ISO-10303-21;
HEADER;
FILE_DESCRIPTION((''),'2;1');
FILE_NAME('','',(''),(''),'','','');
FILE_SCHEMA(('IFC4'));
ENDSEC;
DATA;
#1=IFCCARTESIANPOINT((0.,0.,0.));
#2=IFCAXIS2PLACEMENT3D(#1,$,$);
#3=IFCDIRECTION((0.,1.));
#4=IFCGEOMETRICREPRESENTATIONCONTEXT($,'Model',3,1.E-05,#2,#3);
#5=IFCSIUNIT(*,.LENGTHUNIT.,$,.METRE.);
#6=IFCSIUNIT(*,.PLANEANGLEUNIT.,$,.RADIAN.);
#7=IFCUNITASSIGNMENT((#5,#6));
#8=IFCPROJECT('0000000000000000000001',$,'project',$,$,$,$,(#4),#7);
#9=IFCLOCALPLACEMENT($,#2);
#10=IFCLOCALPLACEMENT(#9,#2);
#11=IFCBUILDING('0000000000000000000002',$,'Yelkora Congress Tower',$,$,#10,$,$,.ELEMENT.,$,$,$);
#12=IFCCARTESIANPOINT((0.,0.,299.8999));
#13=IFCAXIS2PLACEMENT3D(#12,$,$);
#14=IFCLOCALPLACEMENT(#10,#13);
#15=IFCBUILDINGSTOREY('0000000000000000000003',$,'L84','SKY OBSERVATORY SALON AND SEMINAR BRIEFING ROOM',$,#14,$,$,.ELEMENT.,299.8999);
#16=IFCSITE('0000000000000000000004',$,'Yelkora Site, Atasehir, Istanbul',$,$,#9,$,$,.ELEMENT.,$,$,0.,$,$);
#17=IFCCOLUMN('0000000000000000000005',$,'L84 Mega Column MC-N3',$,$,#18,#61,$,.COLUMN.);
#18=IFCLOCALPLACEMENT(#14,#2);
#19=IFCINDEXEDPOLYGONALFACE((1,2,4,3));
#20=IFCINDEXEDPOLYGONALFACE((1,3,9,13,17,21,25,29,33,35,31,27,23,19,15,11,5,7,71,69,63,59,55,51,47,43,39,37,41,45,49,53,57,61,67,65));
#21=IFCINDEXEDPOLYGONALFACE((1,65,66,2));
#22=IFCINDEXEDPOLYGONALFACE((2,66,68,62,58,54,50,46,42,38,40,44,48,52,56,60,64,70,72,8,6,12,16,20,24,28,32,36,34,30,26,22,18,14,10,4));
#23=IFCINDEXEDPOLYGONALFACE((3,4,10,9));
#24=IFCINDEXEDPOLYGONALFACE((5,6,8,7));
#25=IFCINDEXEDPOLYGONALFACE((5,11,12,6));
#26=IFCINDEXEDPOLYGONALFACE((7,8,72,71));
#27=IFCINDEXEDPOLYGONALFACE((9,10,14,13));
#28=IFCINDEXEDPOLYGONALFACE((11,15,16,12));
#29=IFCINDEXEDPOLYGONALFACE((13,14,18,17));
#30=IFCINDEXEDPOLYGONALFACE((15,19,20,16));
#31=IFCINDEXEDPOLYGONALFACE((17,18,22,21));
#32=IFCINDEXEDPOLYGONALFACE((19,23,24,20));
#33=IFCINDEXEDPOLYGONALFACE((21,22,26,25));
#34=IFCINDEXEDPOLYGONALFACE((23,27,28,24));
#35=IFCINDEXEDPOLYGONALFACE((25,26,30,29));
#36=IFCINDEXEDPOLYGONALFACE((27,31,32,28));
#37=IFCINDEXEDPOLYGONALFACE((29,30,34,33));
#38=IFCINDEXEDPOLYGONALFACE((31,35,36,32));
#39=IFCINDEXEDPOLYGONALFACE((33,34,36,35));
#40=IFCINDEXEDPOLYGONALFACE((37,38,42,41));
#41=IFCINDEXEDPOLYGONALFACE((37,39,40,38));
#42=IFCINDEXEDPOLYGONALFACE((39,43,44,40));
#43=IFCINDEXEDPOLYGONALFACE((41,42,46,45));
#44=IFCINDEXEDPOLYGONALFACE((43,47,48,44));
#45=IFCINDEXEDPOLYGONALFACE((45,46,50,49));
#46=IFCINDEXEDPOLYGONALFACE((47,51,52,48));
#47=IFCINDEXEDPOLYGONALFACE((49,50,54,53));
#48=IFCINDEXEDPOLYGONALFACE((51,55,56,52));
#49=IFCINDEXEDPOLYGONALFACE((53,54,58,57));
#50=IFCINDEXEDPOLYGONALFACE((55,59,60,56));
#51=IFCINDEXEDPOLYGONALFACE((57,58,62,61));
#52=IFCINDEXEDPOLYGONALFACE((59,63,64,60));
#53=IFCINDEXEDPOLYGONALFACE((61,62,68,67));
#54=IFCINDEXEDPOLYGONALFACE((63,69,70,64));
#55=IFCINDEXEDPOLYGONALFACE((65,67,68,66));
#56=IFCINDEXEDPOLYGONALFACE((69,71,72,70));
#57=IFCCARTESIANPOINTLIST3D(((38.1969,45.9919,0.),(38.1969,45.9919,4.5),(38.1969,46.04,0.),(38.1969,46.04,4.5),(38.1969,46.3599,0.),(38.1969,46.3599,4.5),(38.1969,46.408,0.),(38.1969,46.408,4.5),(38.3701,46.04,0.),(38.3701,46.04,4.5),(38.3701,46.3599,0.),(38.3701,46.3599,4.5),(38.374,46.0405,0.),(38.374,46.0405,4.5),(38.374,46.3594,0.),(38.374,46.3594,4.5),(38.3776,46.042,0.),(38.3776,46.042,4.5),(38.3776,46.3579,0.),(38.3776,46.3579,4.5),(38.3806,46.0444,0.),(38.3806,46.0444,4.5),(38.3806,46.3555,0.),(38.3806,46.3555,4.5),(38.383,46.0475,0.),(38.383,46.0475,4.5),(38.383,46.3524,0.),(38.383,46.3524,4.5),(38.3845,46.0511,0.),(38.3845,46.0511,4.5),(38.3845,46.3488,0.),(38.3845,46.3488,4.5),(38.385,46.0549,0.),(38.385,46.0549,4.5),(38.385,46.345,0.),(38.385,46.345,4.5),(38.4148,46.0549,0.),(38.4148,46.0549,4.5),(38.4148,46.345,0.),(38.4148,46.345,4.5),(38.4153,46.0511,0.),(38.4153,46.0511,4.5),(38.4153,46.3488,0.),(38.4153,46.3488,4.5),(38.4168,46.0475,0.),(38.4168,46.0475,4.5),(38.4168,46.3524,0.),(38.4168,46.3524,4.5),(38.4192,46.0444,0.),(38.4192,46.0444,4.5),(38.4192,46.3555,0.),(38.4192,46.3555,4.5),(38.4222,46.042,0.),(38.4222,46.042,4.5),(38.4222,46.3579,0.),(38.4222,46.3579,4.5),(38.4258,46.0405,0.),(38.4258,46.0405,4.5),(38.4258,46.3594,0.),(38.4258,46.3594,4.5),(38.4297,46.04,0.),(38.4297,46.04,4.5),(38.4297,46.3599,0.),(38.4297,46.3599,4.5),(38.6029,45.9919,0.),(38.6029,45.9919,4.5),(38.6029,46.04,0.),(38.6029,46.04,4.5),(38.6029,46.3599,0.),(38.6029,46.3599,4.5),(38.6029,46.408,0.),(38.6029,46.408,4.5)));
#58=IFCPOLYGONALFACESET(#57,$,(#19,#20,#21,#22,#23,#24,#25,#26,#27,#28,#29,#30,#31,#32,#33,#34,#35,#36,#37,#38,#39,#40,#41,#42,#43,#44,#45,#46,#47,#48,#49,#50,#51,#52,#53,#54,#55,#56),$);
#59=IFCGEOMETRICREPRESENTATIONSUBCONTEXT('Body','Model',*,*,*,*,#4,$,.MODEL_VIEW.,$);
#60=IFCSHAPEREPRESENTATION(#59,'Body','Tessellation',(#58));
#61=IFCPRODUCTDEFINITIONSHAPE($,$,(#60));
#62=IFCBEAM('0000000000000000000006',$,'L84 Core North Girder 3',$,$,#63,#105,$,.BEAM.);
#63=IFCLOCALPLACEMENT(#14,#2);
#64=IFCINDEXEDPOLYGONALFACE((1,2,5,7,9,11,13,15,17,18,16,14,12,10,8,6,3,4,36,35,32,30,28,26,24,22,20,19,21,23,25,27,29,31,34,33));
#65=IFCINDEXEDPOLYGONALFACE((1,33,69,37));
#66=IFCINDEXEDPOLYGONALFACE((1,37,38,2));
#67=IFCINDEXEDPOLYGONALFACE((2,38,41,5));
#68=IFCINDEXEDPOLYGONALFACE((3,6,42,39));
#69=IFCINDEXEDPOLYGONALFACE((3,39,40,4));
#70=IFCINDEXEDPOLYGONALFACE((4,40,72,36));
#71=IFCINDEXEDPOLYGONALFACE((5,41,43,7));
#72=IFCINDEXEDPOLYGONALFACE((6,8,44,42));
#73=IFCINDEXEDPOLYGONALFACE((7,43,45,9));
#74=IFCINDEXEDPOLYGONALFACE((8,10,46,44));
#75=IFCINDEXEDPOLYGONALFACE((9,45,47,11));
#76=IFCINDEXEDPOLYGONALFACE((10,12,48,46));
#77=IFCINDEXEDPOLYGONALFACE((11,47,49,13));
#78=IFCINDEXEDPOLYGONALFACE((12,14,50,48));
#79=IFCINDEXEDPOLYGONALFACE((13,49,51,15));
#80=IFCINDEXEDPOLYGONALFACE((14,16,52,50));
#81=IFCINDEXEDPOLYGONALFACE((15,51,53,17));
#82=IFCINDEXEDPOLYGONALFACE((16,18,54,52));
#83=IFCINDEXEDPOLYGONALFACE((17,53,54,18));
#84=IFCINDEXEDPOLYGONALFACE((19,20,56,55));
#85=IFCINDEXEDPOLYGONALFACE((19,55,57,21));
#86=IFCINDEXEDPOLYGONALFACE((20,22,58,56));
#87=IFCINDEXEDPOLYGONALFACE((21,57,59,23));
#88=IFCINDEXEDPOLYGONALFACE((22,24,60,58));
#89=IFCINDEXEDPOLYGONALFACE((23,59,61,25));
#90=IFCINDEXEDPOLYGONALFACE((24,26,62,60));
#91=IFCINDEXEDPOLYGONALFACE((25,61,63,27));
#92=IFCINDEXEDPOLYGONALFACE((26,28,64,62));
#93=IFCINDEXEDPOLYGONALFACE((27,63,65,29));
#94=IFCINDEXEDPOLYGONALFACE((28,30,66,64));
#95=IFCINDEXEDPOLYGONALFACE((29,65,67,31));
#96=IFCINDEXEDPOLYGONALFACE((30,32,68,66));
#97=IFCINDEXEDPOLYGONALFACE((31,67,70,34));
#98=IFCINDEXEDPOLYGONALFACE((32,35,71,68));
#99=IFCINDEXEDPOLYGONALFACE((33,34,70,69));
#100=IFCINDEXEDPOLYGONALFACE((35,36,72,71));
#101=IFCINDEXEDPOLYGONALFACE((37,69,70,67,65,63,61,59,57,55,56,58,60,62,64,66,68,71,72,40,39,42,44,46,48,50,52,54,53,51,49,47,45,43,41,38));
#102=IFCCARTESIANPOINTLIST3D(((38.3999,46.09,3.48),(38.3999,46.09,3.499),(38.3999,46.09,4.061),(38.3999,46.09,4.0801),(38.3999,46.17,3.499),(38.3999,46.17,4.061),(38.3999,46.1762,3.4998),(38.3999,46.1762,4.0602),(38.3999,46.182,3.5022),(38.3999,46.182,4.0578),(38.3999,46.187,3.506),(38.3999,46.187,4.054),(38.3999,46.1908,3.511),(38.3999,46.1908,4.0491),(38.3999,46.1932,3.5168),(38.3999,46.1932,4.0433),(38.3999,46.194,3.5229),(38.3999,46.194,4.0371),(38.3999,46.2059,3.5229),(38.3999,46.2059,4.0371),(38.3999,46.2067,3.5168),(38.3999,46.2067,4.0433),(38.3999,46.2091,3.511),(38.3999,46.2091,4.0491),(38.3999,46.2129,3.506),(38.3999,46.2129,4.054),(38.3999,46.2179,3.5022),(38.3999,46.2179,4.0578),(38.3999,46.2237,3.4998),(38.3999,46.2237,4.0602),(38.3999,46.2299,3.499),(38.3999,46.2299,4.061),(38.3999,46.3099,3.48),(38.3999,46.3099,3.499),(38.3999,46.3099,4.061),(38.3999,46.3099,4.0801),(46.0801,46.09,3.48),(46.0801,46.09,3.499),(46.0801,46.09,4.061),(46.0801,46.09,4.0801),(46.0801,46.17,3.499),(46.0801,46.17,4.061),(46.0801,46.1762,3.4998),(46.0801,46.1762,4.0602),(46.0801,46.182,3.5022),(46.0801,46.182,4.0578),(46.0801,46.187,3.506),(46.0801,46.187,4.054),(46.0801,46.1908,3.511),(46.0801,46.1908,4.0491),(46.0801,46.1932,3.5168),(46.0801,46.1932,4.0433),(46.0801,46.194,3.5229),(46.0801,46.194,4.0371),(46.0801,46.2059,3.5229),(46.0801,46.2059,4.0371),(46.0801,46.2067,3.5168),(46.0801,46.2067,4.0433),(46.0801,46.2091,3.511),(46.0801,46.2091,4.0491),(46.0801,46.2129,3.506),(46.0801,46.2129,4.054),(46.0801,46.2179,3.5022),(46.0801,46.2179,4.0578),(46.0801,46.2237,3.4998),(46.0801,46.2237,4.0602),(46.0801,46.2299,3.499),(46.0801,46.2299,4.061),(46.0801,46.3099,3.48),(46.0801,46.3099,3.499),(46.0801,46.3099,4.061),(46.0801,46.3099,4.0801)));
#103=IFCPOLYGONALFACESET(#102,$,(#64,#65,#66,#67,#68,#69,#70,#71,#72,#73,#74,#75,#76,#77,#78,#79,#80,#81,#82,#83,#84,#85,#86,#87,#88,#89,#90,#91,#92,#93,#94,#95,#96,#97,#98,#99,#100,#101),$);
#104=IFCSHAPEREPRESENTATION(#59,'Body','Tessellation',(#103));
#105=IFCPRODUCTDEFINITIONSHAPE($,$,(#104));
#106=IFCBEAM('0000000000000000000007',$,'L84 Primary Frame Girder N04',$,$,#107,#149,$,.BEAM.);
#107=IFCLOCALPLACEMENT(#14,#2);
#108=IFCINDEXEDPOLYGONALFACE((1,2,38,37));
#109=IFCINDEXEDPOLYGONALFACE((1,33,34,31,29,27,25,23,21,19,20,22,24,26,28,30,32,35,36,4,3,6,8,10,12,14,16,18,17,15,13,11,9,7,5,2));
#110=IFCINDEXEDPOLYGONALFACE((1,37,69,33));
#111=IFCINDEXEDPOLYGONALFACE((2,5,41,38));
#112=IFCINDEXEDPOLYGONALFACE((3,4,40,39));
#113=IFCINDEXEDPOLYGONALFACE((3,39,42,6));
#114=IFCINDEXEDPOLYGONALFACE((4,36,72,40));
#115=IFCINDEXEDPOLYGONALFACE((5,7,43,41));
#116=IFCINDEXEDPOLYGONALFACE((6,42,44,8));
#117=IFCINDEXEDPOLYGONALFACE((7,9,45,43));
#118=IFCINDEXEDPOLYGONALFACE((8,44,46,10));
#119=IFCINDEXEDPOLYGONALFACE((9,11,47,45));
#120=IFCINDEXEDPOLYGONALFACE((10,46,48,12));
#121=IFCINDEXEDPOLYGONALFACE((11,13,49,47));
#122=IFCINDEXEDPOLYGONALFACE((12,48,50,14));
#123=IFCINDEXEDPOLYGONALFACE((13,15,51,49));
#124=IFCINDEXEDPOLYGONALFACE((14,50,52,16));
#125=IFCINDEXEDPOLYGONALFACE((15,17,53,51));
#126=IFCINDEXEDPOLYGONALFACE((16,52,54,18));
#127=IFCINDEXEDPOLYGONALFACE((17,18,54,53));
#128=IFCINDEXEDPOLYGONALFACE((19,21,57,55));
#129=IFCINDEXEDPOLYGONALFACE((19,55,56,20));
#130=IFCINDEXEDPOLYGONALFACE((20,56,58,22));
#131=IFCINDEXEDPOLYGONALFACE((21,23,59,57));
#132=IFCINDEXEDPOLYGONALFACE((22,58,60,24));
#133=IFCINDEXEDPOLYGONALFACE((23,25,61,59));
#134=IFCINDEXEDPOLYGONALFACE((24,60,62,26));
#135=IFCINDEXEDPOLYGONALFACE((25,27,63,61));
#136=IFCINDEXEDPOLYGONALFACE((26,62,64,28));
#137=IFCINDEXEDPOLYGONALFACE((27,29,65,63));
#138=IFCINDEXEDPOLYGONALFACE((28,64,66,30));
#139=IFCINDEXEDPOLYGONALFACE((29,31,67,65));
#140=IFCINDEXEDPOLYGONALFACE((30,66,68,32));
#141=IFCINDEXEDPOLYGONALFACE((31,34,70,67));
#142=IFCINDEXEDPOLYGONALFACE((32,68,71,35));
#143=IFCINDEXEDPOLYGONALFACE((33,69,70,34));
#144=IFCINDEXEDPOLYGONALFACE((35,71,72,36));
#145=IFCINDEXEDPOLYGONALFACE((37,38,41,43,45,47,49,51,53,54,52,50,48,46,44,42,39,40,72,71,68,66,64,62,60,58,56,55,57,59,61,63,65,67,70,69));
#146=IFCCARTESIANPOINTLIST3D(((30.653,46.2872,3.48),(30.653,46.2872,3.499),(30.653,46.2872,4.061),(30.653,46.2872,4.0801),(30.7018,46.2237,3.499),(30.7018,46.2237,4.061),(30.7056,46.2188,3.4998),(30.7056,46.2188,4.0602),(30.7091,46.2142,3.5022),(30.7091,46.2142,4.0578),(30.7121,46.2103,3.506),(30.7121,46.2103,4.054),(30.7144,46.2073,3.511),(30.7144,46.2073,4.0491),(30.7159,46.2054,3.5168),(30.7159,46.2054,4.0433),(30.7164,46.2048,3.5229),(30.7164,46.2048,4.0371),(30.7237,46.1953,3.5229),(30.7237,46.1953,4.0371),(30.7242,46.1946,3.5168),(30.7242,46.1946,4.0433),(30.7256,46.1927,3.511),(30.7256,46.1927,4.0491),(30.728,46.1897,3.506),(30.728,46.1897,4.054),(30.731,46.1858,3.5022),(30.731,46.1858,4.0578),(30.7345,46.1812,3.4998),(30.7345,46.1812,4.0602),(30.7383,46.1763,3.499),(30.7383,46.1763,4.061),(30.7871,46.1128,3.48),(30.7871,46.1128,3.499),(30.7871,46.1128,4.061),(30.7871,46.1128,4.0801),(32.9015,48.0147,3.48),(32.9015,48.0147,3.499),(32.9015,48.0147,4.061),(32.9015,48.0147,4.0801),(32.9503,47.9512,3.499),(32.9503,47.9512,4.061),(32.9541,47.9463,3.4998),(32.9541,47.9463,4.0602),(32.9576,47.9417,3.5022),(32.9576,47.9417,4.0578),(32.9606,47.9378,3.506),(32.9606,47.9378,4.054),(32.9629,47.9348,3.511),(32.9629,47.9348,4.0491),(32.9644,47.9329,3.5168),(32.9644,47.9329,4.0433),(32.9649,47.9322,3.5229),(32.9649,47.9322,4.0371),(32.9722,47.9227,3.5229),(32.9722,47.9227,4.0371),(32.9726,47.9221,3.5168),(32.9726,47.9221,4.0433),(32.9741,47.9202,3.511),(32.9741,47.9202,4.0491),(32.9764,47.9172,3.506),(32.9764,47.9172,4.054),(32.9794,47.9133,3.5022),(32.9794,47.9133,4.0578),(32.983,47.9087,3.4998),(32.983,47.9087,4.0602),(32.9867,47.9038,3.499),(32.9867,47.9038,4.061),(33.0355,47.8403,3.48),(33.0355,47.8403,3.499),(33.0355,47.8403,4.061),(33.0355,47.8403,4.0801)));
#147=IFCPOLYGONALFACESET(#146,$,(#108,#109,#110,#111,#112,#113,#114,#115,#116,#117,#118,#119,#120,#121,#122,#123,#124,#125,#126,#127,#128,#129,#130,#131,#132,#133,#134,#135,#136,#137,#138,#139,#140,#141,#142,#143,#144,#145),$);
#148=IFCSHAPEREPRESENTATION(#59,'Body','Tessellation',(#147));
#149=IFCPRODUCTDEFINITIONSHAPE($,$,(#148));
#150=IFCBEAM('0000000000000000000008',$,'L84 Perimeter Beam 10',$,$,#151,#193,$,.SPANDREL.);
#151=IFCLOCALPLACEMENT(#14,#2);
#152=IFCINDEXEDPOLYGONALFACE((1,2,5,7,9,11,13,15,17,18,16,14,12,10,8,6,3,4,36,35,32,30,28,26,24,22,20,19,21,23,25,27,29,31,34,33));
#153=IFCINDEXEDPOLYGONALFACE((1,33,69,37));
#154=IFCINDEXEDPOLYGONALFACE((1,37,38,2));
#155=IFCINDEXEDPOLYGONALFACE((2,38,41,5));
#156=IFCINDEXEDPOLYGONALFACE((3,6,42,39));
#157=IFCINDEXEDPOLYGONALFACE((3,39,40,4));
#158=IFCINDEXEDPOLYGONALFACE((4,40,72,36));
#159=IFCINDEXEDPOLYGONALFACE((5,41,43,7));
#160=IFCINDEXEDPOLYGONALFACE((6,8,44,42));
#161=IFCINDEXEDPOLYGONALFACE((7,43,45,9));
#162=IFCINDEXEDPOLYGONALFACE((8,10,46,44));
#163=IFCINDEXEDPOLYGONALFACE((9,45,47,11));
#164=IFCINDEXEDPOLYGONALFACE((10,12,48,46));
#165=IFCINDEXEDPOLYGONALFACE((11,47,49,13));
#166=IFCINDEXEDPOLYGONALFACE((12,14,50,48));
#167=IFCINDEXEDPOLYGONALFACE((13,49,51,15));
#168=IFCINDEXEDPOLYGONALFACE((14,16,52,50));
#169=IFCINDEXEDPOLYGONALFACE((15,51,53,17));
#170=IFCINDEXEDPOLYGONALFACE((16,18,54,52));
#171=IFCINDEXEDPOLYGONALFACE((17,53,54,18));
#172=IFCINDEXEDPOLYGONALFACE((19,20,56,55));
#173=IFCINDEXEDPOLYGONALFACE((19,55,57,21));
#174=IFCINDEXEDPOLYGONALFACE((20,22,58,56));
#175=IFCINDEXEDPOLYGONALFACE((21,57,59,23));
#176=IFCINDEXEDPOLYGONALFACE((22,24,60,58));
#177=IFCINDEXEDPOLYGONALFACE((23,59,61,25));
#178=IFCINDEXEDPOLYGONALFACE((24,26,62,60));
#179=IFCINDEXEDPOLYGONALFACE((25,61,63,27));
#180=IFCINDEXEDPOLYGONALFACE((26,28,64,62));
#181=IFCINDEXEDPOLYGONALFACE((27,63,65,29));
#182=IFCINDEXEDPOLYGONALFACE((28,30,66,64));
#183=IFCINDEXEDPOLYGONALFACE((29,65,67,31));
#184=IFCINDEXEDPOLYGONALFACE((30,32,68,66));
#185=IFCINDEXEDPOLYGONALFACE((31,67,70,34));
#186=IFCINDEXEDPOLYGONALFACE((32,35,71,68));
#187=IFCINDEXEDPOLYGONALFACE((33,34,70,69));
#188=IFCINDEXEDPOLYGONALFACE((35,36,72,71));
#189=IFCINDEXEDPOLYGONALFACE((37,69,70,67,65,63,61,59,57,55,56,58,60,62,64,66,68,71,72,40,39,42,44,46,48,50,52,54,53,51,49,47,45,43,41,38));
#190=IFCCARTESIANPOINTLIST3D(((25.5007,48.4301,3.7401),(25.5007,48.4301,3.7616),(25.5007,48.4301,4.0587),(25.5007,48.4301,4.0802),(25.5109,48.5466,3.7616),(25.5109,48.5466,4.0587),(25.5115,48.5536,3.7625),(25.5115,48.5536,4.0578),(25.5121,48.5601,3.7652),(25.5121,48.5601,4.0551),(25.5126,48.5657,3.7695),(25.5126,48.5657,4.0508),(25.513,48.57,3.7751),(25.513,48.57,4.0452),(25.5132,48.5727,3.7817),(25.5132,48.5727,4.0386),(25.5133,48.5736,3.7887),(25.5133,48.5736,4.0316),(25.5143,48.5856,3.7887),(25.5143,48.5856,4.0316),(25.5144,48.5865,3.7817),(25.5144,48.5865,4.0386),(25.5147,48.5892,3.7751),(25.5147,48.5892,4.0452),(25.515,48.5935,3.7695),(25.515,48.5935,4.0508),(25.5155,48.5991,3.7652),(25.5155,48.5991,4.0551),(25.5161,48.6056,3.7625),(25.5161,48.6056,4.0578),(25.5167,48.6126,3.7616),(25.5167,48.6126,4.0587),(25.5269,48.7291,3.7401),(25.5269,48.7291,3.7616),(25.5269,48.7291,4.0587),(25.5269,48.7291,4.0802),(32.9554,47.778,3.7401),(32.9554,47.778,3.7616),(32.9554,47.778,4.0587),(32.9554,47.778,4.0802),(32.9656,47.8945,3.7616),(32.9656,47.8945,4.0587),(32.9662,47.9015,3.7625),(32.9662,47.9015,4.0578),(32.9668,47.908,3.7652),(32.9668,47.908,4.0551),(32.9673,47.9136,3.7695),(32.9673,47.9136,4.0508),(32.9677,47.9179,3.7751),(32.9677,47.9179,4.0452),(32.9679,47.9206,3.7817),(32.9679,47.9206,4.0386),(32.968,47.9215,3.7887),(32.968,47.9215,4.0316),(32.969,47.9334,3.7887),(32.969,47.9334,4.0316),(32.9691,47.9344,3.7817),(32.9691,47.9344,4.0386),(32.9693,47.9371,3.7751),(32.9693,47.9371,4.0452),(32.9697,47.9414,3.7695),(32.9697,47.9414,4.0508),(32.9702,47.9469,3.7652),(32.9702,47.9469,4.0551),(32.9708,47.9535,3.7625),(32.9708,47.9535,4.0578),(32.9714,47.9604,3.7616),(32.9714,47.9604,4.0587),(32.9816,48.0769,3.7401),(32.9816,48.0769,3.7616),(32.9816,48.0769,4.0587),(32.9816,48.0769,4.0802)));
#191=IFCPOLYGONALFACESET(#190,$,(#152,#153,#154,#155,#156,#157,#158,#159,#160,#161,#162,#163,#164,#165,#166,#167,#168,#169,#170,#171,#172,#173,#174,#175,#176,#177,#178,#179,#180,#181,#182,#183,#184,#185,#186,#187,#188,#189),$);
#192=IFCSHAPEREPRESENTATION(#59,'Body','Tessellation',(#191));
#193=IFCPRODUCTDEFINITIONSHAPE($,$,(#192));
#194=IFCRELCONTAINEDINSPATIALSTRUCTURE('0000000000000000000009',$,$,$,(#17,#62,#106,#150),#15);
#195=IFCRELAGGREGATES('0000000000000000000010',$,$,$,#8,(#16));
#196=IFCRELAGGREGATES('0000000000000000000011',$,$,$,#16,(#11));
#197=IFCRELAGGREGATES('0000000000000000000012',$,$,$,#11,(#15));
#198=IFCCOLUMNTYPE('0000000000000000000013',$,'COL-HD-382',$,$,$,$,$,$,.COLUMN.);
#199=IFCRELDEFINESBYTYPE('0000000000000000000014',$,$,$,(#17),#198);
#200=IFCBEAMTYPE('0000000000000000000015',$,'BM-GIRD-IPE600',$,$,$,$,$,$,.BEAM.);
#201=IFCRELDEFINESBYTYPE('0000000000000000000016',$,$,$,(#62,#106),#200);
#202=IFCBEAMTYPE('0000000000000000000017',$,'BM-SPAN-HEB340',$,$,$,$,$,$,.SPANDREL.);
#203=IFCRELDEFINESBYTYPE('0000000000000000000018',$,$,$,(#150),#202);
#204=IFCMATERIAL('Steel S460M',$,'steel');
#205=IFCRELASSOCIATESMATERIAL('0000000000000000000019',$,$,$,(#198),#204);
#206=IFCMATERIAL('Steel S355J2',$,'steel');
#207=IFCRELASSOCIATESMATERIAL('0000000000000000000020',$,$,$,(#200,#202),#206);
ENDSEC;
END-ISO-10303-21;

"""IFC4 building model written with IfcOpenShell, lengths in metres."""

from ifc_helpers import new_model, si_unit, direction, frame, origin, origin_2d, place, context, subcontext, project, spatial, i_section, extrude, material, material_profile, profile_set, type_object, element, save


model = new_model("IFC4")

# Units and contexts
model_context = context("Model", 3, precision=1e-05, world=origin(), true_north=direction((0.0, 1.0)))
body_context = subcontext(model_context, "Body", "Model", "MODEL_VIEW")
ifc_project = project(units=[si_unit("LENGTHUNIT", "METRE"), si_unit("PLANEANGLEUNIT", "RADIAN")], contexts=[model_context])

# Site, building, storey
site_placement = place(None, origin())
site = spatial("IfcSite", under=ifc_project, at=site_placement, Name="Yelkora Site, Atasehir, Istanbul", CompositionType="ELEMENT", RefElevation=0.0)
building_placement = place(site_placement, origin())
building = spatial("IfcBuilding", under=site, at=building_placement, Name="Yelkora Congress Tower", CompositionType="ELEMENT")
storey_placement = place(building_placement, frame((0.0, 0.0, 299.8999)))
storey = spatial("IfcBuildingStorey", under=building, at=storey_placement, Name="L84", Description="SKY OBSERVATORY SALON AND SEMINAR BRIEFING ROOM", CompositionType="ELEMENT", Elevation=299.8999)

# Column
ifc_material_1 = material(Name="Steel S460M", Category="steel")
ifc_material_profile_1 = material_profile(ifc_material_1, i_section(OverallWidth=0.406, OverallDepth=0.416, WebThickness=0.0298, FlangeThickness=0.0481, FilletRadius=0.0149, at=origin_2d()), Name="HD 400x382")
ifc_profile_set_1 = profile_set([ifc_material_profile_1], Name="Steel S460M")
column_type = type_object("IfcColumnType", Name="COL-HD-382", PredefinedType="COLUMN", material=ifc_profile_set_1)
column_placement = place(storey_placement, frame((38.3999, 46.2, 0.0), z_axis=(0.0, 0.0, 1.0), x_axis=(1.0, 0.0, 0.0)))
element("IfcColumn", 1, at=column_placement, inside=storey, type_object=column_type, Name="L84 Mega Column MC-N3", PredefinedType="COLUMN", context=body_context, shape_type="SweptSolid", body=[
    extrude(i_section(OverallWidth=0.406, OverallDepth=0.416, WebThickness=0.0298, FlangeThickness=0.0481, FilletRadius=0.0149, at=origin_2d()), origin(), (0.0, 0.0, 1.0), 4.5),
])

# Beams
ifc_material_2 = material(Name="Steel S355J2", Category="steel")
ifc_material_profile_2 = material_profile(ifc_material_2, i_section(OverallWidth=0.22, OverallDepth=0.6001, WebThickness=0.012, FlangeThickness=0.019, FilletRadius=0.0239, at=origin_2d()), Name="IPE 600")
ifc_profile_set_2 = profile_set([ifc_material_profile_2], Name="Steel S355J2")
beam_type_1 = type_object("IfcBeamType", Name="BM-GIRD-IPE600", PredefinedType="BEAM", material=ifc_profile_set_2)
beam_1_placement = place(storey_placement, frame((38.3999, 46.2, 3.78), z_axis=(1.0, 0.0, 0.0), x_axis=(0.0, 1.0, 0.0)))
element("IfcBeam", 2, at=beam_1_placement, inside=storey, type_object=beam_type_1, Name="L84 Core North Girder 3", PredefinedType="BEAM", context=body_context, shape_type="SweptSolid", body=[
    extrude(i_section(OverallWidth=0.22, OverallDepth=0.6001, WebThickness=0.012, FlangeThickness=0.019, FilletRadius=0.0239, at=origin_2d()), origin(), (0.0, 0.0, 1.0), 7.6802),
])
beam_2_placement = place(storey_placement, frame((32.9685, 47.9275, 3.78), z_axis=(-0.792982, -0.609245, 0.0), x_axis=(0.609245, -0.792982, 0.0)))
element("IfcBeam", 3, at=beam_2_placement, inside=storey, type_object=beam_type_1, Name="L84 Primary Frame Girder N04", PredefinedType="BEAM", context=body_context, shape_type="SweptSolid", body=[
    extrude(i_section(OverallWidth=0.22, OverallDepth=0.6001, WebThickness=0.012, FlangeThickness=0.019, FilletRadius=0.0239, at=origin_2d()), origin(), (0.0, 0.0, 1.0), 2.8354),
])
ifc_material_profile_3 = material_profile(ifc_material_2, i_section(OverallWidth=0.3, OverallDepth=0.3401, WebThickness=0.012, FlangeThickness=0.0215, FilletRadius=0.0271, at=origin_2d()), Name="HEB 340")
ifc_profile_set_3 = profile_set([ifc_material_profile_3], Name="Steel S355J2")
beam_type_2 = type_object("IfcBeamType", Name="BM-SPAN-HEB340", PredefinedType="SPANDREL", material=ifc_profile_set_3)
beam_3_placement = place(storey_placement, frame((32.9685, 47.9275, 3.9102), z_axis=(-0.996196, 0.087143, 0.0), x_axis=(-0.087143, -0.996196, 0.0)))
element("IfcBeam", 4, at=beam_3_placement, inside=storey, type_object=beam_type_2, Name="L84 Perimeter Beam 10", PredefinedType="SPANDREL", context=body_context, shape_type="SweptSolid", body=[
    extrude(i_section(OverallWidth=0.3, OverallDepth=0.3401, WebThickness=0.012, FlangeThickness=0.0215, FilletRadius=0.0271, at=origin_2d()), origin(), (0.0, 0.0, 1.0), 7.4832),
])

save(model, "model.ifc")
